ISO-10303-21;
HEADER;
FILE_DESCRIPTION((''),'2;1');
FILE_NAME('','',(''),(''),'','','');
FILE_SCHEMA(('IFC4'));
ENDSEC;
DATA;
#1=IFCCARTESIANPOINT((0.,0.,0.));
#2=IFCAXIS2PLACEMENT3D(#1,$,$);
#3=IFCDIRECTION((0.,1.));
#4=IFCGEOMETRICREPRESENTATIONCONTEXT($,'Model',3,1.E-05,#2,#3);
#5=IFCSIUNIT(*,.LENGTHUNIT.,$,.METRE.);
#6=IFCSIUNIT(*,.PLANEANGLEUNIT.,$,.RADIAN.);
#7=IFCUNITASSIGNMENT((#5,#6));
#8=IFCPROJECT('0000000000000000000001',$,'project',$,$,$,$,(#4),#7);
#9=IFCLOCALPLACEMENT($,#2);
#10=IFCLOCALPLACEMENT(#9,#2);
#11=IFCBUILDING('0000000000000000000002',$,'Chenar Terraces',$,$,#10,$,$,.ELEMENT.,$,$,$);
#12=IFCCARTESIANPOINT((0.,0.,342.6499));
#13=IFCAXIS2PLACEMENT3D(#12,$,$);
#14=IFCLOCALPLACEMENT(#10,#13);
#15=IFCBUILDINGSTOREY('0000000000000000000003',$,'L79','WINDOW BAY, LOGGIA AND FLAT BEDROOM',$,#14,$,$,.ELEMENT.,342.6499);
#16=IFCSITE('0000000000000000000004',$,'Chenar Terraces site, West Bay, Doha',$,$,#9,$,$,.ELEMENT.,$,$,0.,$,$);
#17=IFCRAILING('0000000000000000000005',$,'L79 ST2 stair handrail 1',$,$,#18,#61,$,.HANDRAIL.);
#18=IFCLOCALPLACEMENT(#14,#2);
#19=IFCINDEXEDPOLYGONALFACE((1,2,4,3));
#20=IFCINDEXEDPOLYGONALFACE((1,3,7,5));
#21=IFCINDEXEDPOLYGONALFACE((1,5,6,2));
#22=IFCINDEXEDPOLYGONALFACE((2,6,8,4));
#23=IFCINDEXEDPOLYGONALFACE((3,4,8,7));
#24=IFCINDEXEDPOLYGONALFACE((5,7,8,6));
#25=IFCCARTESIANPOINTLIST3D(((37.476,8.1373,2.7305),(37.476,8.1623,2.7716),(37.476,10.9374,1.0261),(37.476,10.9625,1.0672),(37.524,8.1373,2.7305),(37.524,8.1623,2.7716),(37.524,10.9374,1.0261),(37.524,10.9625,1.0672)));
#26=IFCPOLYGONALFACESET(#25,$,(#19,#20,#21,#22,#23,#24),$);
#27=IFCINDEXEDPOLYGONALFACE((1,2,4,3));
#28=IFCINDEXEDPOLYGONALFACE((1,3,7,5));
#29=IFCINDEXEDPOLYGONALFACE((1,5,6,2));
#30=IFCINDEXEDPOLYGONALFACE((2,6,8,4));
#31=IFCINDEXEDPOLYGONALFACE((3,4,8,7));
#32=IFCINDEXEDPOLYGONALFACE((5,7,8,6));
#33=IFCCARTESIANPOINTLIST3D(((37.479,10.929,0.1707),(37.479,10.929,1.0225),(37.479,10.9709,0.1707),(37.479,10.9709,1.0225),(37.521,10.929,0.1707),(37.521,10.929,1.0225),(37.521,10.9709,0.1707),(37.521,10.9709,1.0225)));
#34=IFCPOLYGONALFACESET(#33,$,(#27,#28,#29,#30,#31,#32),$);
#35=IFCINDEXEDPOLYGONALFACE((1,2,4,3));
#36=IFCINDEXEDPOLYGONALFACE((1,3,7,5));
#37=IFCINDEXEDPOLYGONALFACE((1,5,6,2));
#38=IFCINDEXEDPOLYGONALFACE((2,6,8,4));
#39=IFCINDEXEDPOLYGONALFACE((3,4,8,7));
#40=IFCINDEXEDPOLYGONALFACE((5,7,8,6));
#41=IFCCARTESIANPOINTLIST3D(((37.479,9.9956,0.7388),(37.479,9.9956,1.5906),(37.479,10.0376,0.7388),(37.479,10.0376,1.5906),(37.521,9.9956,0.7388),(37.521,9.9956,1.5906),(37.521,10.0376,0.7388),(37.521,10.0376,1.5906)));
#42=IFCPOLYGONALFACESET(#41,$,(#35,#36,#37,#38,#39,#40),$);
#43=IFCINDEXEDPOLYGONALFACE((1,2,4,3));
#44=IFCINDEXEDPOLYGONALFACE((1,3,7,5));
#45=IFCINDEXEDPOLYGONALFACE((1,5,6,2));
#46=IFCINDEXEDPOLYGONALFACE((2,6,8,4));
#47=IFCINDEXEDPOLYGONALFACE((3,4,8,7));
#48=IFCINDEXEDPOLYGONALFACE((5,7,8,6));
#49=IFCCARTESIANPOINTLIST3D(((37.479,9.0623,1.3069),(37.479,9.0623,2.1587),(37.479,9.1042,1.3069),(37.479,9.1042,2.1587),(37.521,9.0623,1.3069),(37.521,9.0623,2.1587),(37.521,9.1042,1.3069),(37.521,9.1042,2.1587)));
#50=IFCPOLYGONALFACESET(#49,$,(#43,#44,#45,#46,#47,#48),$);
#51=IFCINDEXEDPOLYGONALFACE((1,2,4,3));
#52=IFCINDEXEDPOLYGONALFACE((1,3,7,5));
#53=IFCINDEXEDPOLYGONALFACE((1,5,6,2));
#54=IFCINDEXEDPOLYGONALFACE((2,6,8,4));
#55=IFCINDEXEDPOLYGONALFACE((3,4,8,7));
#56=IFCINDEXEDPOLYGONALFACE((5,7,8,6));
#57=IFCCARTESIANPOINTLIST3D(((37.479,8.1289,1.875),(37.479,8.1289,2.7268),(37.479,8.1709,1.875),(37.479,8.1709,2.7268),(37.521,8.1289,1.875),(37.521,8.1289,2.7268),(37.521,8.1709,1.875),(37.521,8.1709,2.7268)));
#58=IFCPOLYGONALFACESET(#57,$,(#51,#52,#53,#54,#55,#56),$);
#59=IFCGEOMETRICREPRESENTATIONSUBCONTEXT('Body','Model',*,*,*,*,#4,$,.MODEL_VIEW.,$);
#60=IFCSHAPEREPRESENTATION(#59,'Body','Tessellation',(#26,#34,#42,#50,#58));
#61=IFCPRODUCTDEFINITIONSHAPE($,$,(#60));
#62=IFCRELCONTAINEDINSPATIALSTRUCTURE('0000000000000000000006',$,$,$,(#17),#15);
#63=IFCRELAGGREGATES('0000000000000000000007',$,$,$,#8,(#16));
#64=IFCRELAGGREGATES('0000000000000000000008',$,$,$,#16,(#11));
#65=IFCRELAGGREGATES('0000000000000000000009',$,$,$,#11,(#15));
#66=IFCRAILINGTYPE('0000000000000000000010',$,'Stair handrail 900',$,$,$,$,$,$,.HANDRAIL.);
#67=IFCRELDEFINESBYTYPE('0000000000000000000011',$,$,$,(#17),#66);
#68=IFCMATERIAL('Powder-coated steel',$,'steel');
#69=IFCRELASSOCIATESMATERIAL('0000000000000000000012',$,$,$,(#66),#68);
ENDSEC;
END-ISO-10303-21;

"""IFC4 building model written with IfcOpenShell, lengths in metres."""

from ifc_helpers import new_model, si_unit, direction, frame, origin, origin_2d, place, context, subcontext, project, spatial, rectangle, extrude, material, type_object, element, save


model = new_model("IFC4")

# Units and contexts
model_context = context("Model", 3, precision=1e-05, world=origin(), true_north=direction((0.0, 1.0)))
body_context = subcontext(model_context, "Body", "Model", "MODEL_VIEW")
ifc_project = project(units=[si_unit("LENGTHUNIT", "METRE"), si_unit("PLANEANGLEUNIT", "RADIAN")], contexts=[model_context])

# Site, building, storey
site_placement = place(None, origin())
site = spatial("IfcSite", under=ifc_project, at=site_placement, Name="Chenar Terraces site, West Bay, Doha", CompositionType="ELEMENT", RefElevation=0.0)
building_placement = place(site_placement, origin())
building = spatial("IfcBuilding", under=site, at=building_placement, Name="Chenar Terraces", CompositionType="ELEMENT")
storey_placement = place(building_placement, frame((0.0, 0.0, 342.6499)))
storey = spatial("IfcBuildingStorey", under=building, at=storey_placement, Name="L79", Description="WINDOW BAY, LOGGIA AND FLAT BEDROOM", CompositionType="ELEMENT", Elevation=342.6499)

# Railing
ifc_material_1 = material(Name="Powder-coated steel", Category="steel")
railing_type_1 = type_object("IfcRailingType", Name="Stair handrail 900", PredefinedType="HANDRAIL", material=ifc_material_1)
railing_1_placement = place(storey_placement, frame((37.5, 10.95, 0.1707)))
element("IfcRailing", 1, at=railing_1_placement, inside=storey, type_object=railing_type_1, Name="L79 ST2 stair handrail 1", PredefinedType="HANDRAIL", context=body_context, shape_type="SweptSolid", body=[
    extrude(rectangle(XDim=0.0481, YDim=0.0481, at=origin_2d()), frame((0.0, 0.0, 0.876), z_axis=(0.0, -0.854203, 0.51994), x_axis=(1.0, 0.0, 0.0)), (0.0, 0.0, 1.0), 3.2781),
    extrude(rectangle(XDim=0.042, YDim=0.042, at=origin_2d()), origin(), (0.0, 0.0, 1.0), 0.8518),
    extrude(rectangle(XDim=0.042, YDim=0.042, at=origin_2d()), frame((0.0, -0.9333, 0.5681)), (0.0, 0.0, 1.0), 0.8518),
    extrude(rectangle(XDim=0.042, YDim=0.042, at=origin_2d()), frame((0.0, -1.8667, 1.1362)), (0.0, 0.0, 1.0), 0.8518),
    extrude(rectangle(XDim=0.042, YDim=0.042, at=origin_2d()), frame((0.0, -2.8, 1.7043)), (0.0, 0.0, 1.0), 0.8518),
])

save(model, "model.ifc")
